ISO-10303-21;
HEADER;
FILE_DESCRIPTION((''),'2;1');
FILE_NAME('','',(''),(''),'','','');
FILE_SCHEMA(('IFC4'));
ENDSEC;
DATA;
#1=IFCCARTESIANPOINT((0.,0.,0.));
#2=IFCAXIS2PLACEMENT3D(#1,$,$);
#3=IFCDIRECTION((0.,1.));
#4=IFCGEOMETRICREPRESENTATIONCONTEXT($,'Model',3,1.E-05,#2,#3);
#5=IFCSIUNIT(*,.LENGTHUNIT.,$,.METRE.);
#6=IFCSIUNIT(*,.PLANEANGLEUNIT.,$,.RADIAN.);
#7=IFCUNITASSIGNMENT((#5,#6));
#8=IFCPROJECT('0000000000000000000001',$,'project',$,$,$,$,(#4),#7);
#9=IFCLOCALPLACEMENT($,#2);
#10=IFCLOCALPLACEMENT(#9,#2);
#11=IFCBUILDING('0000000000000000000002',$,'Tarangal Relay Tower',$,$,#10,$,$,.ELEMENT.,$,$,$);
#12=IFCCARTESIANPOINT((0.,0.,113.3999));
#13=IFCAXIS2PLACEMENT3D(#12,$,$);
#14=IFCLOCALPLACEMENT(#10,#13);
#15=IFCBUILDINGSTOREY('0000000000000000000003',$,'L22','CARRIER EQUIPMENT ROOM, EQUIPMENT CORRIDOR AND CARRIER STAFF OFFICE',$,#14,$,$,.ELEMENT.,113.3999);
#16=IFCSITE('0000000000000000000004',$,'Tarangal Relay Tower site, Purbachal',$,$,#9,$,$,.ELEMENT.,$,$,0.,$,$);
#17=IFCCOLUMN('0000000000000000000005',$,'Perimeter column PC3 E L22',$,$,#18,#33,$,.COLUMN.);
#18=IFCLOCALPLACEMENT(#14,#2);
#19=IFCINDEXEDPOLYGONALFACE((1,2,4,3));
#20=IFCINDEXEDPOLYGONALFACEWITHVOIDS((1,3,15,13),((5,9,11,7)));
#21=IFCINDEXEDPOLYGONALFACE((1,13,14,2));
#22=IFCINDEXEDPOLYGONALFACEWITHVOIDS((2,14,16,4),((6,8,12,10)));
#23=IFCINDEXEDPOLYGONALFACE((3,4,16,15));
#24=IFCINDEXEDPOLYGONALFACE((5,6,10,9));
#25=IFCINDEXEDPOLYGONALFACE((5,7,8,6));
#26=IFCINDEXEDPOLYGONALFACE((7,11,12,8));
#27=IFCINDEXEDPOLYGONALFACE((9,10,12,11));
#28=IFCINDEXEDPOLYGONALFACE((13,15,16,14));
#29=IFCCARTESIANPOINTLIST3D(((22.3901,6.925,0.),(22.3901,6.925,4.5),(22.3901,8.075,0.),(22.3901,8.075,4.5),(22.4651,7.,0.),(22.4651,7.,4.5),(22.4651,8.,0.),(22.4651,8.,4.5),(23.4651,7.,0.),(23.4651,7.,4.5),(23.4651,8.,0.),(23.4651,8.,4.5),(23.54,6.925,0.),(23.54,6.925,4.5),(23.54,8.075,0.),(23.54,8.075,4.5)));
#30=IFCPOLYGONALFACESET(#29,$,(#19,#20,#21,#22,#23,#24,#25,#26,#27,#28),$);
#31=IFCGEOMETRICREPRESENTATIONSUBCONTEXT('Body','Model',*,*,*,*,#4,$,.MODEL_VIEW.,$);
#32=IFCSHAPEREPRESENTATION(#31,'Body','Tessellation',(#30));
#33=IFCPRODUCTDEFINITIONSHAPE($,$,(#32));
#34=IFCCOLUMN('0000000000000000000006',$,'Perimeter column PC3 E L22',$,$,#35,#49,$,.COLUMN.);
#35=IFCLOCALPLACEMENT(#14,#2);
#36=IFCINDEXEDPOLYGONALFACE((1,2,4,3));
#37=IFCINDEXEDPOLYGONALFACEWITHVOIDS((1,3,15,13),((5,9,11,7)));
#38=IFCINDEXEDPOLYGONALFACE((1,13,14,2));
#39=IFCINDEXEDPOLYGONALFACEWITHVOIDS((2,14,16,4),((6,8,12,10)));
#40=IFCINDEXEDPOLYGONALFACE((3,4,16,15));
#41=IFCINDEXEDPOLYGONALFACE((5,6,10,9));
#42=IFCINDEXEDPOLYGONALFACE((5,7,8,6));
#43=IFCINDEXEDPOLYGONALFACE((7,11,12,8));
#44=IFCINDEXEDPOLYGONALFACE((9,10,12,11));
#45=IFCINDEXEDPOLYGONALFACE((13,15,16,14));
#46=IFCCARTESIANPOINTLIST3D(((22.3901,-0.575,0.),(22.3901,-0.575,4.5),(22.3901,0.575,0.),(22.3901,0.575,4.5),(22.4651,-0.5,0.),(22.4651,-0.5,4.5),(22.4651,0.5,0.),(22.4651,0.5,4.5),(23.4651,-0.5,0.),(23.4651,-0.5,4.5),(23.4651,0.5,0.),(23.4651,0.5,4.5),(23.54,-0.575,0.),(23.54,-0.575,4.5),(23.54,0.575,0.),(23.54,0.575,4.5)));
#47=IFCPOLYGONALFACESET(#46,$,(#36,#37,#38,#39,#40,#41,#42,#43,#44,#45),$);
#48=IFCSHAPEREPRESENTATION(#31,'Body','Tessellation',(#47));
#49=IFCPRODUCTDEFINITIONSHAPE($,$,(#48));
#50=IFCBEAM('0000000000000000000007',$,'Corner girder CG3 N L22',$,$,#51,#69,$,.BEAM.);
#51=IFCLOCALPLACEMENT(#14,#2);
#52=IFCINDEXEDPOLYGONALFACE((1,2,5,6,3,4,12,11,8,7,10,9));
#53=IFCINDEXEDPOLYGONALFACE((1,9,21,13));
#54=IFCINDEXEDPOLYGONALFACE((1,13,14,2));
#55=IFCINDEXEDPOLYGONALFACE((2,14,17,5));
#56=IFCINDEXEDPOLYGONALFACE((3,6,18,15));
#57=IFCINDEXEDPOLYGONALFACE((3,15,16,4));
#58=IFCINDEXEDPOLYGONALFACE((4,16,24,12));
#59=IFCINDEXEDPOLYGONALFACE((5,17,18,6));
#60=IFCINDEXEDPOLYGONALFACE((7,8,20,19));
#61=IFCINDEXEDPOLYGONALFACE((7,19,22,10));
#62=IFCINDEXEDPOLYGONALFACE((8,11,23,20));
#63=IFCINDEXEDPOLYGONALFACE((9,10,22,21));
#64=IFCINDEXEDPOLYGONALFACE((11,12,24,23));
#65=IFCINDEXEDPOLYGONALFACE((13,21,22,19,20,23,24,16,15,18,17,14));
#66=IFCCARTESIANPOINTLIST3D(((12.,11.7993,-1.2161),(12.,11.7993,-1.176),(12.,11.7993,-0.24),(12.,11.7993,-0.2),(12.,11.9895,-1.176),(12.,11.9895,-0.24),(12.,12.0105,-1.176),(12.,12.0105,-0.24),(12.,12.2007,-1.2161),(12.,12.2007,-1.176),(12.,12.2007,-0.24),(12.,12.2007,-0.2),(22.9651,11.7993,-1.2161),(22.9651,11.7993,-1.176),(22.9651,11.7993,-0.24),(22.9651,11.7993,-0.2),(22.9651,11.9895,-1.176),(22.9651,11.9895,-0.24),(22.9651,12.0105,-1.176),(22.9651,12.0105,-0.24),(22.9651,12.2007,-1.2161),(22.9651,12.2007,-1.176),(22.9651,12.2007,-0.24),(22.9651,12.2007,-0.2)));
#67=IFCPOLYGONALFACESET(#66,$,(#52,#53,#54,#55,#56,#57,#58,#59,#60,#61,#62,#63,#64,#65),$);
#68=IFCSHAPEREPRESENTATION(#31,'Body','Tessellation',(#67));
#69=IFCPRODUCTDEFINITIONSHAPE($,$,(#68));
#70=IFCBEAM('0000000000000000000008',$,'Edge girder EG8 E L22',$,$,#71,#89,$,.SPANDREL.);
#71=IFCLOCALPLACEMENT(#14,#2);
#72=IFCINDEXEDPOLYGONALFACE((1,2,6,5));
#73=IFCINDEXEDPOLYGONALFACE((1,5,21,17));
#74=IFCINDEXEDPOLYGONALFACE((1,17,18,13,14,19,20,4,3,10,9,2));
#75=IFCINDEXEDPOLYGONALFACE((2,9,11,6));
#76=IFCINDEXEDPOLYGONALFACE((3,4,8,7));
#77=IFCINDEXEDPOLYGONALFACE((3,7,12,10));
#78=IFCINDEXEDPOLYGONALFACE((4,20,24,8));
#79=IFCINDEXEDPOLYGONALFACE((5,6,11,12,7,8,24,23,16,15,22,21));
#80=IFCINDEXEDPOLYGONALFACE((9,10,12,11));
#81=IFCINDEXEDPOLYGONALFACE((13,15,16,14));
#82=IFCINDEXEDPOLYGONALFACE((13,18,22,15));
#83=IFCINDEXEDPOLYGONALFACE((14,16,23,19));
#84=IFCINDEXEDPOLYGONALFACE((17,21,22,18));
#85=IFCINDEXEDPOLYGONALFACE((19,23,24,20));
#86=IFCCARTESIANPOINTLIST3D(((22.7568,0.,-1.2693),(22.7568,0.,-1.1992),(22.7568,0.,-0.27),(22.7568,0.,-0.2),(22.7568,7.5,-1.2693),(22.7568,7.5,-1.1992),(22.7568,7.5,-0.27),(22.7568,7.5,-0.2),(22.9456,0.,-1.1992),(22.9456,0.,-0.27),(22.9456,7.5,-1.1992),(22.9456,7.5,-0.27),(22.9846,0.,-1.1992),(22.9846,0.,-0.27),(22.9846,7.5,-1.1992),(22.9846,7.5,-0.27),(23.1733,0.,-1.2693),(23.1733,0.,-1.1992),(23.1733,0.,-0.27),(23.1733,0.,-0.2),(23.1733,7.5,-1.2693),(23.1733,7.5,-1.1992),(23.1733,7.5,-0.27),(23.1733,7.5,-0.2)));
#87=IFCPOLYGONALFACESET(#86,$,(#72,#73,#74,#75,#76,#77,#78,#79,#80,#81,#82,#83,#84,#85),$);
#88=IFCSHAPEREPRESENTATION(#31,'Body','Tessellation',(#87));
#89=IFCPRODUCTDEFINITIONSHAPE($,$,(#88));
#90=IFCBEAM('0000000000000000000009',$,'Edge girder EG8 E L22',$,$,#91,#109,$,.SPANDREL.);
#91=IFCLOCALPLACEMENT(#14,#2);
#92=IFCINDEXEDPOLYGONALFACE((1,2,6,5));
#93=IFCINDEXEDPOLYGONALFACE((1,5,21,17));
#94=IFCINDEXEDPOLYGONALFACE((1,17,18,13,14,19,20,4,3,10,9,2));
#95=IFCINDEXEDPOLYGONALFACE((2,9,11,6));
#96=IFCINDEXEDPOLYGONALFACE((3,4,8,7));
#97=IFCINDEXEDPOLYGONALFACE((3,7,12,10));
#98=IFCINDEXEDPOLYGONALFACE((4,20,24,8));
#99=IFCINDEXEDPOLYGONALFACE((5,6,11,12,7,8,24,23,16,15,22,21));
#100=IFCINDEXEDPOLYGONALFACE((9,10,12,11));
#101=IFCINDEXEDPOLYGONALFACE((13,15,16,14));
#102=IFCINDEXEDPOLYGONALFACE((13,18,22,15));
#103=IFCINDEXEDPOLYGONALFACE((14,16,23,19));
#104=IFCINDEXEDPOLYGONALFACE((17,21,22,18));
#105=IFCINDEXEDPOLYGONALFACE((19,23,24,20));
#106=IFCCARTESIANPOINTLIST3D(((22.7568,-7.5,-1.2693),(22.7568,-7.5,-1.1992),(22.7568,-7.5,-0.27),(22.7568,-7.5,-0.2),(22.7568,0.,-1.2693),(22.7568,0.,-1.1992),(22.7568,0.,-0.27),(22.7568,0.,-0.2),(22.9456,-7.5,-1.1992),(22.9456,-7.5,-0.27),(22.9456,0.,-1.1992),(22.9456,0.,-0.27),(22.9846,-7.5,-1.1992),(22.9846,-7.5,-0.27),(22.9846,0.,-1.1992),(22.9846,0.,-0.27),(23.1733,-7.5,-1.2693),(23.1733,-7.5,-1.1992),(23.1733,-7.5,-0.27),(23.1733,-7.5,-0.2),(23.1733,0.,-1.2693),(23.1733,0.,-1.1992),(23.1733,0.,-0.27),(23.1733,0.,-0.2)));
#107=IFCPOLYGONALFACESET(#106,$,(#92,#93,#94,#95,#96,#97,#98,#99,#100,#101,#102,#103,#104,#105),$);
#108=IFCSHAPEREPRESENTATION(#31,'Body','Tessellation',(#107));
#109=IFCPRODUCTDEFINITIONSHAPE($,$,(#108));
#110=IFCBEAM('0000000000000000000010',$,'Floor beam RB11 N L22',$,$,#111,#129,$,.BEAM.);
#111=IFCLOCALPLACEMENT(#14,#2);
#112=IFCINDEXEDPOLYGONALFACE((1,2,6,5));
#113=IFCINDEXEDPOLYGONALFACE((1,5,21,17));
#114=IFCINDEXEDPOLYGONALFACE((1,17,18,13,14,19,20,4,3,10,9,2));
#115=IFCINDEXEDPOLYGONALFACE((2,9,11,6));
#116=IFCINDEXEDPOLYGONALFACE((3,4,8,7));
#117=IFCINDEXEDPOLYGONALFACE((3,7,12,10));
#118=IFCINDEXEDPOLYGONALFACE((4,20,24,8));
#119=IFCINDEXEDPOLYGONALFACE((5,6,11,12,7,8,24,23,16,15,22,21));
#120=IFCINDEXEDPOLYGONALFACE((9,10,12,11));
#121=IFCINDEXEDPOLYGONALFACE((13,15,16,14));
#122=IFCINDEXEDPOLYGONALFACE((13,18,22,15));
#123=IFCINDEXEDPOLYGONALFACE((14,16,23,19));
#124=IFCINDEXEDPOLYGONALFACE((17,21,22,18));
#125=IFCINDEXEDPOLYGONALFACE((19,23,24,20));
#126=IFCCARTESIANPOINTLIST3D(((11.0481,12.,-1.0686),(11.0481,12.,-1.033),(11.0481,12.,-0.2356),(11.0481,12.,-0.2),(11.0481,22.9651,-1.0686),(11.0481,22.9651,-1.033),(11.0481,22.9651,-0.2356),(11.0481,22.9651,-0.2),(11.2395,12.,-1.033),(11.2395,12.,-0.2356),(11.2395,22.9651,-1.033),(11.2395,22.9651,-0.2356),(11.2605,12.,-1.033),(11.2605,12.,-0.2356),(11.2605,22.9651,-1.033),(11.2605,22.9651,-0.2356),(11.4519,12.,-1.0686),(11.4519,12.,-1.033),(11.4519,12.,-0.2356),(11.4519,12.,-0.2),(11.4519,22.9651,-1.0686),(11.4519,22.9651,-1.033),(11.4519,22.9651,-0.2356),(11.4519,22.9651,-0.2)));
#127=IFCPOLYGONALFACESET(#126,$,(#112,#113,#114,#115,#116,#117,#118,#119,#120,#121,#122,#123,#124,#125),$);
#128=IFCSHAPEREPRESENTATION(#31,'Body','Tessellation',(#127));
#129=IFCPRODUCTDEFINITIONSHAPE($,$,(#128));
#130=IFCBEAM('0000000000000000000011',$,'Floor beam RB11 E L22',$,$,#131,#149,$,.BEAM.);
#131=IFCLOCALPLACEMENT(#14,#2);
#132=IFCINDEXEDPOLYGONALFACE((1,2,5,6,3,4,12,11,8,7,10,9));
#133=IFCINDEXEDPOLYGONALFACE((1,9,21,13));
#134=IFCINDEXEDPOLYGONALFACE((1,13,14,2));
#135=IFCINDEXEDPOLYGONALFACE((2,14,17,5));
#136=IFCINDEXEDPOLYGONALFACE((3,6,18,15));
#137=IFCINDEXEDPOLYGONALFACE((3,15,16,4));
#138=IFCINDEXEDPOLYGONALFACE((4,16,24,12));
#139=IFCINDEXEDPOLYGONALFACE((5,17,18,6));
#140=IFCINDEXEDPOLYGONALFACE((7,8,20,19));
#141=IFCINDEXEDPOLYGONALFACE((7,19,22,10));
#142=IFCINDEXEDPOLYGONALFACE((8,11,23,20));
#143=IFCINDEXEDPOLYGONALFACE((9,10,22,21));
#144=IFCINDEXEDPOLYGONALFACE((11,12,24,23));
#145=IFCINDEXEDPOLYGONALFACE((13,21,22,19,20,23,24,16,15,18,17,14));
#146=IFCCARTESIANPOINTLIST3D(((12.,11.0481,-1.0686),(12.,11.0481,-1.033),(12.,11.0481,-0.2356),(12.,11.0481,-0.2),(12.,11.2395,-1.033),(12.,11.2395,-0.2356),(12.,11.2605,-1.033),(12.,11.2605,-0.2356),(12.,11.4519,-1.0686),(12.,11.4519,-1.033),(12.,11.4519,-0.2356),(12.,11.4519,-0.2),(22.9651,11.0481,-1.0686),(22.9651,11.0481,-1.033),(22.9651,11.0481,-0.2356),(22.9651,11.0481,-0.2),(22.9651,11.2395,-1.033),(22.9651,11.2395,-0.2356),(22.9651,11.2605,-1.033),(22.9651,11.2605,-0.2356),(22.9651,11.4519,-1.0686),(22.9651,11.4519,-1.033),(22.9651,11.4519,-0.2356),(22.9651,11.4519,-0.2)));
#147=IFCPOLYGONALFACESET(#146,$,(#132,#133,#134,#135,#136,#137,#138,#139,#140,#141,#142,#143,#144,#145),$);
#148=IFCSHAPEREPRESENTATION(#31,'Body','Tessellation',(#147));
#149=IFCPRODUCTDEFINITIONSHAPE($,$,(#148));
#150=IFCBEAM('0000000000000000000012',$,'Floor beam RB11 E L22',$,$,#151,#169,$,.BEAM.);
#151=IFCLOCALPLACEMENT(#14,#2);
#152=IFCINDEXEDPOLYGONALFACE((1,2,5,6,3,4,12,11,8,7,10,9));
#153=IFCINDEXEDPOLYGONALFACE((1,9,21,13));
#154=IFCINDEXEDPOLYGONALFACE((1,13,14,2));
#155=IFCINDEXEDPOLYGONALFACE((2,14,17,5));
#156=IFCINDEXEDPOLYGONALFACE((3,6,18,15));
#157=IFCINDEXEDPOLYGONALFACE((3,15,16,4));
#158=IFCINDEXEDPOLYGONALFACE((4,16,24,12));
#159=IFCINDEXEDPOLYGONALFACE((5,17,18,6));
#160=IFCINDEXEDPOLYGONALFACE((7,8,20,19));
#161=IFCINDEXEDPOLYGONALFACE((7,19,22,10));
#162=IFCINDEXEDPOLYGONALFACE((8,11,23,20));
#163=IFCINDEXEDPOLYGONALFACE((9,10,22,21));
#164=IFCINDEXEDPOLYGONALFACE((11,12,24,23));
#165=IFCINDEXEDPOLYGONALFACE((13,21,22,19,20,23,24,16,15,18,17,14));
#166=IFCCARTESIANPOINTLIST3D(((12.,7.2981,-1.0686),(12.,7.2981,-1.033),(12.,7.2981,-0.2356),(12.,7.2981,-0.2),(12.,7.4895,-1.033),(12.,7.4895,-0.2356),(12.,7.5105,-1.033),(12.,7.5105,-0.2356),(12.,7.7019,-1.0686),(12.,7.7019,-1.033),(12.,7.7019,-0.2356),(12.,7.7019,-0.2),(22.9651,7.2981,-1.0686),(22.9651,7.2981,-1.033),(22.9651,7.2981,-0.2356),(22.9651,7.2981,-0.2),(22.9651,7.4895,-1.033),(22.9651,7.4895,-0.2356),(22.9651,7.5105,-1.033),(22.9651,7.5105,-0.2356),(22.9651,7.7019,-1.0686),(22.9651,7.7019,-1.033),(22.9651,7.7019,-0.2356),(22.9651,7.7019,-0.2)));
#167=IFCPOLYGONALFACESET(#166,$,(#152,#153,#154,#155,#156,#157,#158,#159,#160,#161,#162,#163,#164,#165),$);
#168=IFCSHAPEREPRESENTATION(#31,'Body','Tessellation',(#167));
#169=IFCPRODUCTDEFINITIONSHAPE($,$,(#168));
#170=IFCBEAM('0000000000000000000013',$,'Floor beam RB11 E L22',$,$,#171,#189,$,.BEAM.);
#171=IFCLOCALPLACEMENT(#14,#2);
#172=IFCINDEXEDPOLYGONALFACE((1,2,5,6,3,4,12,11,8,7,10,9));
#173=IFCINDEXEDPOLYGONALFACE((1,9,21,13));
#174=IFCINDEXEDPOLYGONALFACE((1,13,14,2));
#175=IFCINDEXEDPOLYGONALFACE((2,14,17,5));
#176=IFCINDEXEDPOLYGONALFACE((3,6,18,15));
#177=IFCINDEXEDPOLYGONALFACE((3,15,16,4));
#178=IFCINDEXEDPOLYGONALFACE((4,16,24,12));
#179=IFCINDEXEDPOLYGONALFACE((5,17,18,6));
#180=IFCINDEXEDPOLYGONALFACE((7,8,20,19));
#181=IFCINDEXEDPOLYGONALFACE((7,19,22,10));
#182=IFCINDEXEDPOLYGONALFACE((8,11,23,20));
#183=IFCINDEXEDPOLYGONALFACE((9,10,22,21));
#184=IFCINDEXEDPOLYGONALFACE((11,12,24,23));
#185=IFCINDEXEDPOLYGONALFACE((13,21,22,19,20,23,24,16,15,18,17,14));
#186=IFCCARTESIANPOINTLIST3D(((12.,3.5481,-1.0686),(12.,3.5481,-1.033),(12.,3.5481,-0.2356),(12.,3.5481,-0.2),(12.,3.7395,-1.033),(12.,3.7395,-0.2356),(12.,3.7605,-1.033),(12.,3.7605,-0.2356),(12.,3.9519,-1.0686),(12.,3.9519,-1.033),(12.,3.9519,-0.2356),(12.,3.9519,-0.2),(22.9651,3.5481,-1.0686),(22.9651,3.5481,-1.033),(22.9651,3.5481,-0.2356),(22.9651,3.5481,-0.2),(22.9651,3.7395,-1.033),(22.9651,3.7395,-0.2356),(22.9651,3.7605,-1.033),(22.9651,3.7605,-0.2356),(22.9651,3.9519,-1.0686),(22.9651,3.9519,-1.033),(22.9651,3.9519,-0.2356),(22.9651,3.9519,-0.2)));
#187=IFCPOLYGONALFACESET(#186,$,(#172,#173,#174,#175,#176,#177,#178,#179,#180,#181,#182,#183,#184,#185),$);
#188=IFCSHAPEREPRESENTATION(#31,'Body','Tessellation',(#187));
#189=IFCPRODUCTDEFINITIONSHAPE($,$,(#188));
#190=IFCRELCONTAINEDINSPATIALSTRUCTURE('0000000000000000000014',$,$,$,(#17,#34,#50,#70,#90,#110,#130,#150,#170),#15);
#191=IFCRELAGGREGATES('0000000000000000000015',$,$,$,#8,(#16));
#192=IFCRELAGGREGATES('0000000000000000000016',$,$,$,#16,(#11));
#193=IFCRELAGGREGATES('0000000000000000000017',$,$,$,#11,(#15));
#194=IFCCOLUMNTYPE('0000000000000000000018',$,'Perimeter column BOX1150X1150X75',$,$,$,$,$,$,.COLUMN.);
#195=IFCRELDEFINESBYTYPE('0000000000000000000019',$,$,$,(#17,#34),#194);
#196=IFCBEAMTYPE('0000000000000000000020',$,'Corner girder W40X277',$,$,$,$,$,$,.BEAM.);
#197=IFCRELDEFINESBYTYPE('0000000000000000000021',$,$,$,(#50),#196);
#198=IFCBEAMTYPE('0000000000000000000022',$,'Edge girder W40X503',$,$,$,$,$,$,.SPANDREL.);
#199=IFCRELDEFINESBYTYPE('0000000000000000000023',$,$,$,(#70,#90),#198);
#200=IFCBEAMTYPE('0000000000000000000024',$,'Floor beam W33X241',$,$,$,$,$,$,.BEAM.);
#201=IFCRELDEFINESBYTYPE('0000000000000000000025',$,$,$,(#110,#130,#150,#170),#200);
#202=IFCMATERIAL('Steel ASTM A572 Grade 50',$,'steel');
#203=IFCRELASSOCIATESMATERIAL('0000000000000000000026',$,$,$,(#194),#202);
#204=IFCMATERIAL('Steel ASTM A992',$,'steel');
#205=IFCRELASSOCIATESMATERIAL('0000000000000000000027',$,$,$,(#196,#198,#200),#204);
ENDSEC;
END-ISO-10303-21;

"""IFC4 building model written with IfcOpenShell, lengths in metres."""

from ifc_helpers import new_model, si_unit, direction, frame, origin, origin_2d, place, context, subcontext, project, spatial, hollow_rectangle, i_section, extrude, material, material_profile, profile_set, type_object, element, save


model = new_model("IFC4")

# Units and contexts
model_context = context("Model", 3, precision=1e-05, world=origin(), true_north=direction((0.0, 1.0)))
body_context = subcontext(model_context, "Body", "Model", "MODEL_VIEW")
ifc_project = project(units=[si_unit("LENGTHUNIT", "METRE"), si_unit("PLANEANGLEUNIT", "RADIAN")], contexts=[model_context])

# Site, building, storey
site_placement = place(None, origin())
site = spatial("IfcSite", under=ifc_project, at=site_placement, Name="Tarangal Relay Tower site, Purbachal", CompositionType="ELEMENT", RefElevation=0.0)
building_placement = place(site_placement, origin())
building = spatial("IfcBuilding", under=site, at=building_placement, Name="Tarangal Relay Tower", CompositionType="ELEMENT")
storey_placement = place(building_placement, frame((0.0, 0.0, 113.3999)))
storey = spatial("IfcBuildingStorey", under=building, at=storey_placement, Name="L22", Description="CARRIER EQUIPMENT ROOM, EQUIPMENT CORRIDOR AND CARRIER STAFF OFFICE", CompositionType="ELEMENT", Elevation=113.3999)

# Columns
ifc_material_1 = material(Name="Steel ASTM A572 Grade 50", Category="steel")
ifc_material_profile_1 = material_profile(ifc_material_1, hollow_rectangle(XDim=1.1499, YDim=1.1499, WallThickness=0.075, at=origin_2d()), Name="BOX1150X1150X75")
ifc_profile_set_1 = profile_set([ifc_material_profile_1], Name="Steel ASTM A572 Grade 50")
column_type = type_object("IfcColumnType", Name="Perimeter column BOX1150X1150X75", PredefinedType="COLUMN", material=ifc_profile_set_1)
for number, where, z_axis, x_axis, name in (
    (1, (22.9651, 7.5, 0.0), (0.0, 0.0, 1.0), (1.0, 0.0, 0.0), "Perimeter column PC3 E L22"),
    (2, (22.9651, 0.0, 0.0), (0.0, 0.0, 1.0), (1.0, 0.0, 0.0), "Perimeter column PC3 E L22"),
):
    element("IfcColumn", number, at=place(storey_placement, frame(where, z_axis=z_axis, x_axis=x_axis)), inside=storey, type_object=column_type, Name=name, PredefinedType="COLUMN", context=body_context, shape_type="SweptSolid", body=[
        extrude(hollow_rectangle(XDim=1.1499, YDim=1.1499, WallThickness=0.075, at=origin_2d()), origin(), (0.0, 0.0, 1.0), 4.5),
    ])

# Beams
ifc_material_2 = material(Name="Steel ASTM A992", Category="steel")
ifc_material_profile_2 = material_profile(ifc_material_2, i_section(OverallWidth=0.4014, OverallDepth=1.0161, WebThickness=0.021, FlangeThickness=0.04, at=origin_2d()), Name="W40X277")
ifc_profile_set_2 = profile_set([ifc_material_profile_2], Name="Steel ASTM A992")
beam_type_1 = type_object("IfcBeamType", Name="Corner girder W40X277", PredefinedType="BEAM", material=ifc_profile_set_2)
beam_placement = place(storey_placement, frame((12.0, 12.0, -0.708), z_axis=(1.0, 0.0, 0.0), x_axis=(0.0, 1.0, 0.0)))
element("IfcBeam", 3, at=beam_placement, inside=storey, type_object=beam_type_1, Name="Corner girder CG3 N L22", PredefinedType="BEAM", context=body_context, shape_type="SweptSolid", body=[
    extrude(i_section(OverallWidth=0.4014, OverallDepth=1.0161, WebThickness=0.021, FlangeThickness=0.04, at=origin_2d()), origin(), (0.0, 0.0, 1.0), 10.9651),
])
ifc_material_profile_3 = material_profile(ifc_material_2, i_section(OverallWidth=0.4165, OverallDepth=1.0693, WebThickness=0.0391, FlangeThickness=0.0701, at=origin_2d()), Name="W40X503")
ifc_profile_set_3 = profile_set([ifc_material_profile_3], Name="Steel ASTM A992")
beam_type_2 = type_object("IfcBeamType", Name="Edge girder W40X503", PredefinedType="SPANDREL", material=ifc_profile_set_3)
for number, where, z_axis, x_axis, name in (
    (4, (22.9651, 7.5, -0.7346), (0.0, -1.0, 0.0), (1.0, 0.0, 0.0), "Edge girder EG8 E L22"),
    (5, (22.9651, 0.0, -0.7346), (0.0, -1.0, 0.0), (1.0, 0.0, 0.0), "Edge girder EG8 E L22"),
):
    element("IfcBeam", number, at=place(storey_placement, frame(where, z_axis=z_axis, x_axis=x_axis)), inside=storey, type_object=beam_type_2, Name=name, PredefinedType="SPANDREL", context=body_context, shape_type="SweptSolid", body=[
        extrude(i_section(OverallWidth=0.4165, OverallDepth=1.0693, WebThickness=0.0391, FlangeThickness=0.0701, at=origin_2d()), origin(), (0.0, 0.0, 1.0), 7.5),
    ])
ifc_material_profile_4 = material_profile(ifc_material_2, i_section(OverallWidth=0.4038, OverallDepth=0.8687, WebThickness=0.021, FlangeThickness=0.0356, at=origin_2d()), Name="W33X241")
ifc_profile_set_4 = profile_set([ifc_material_profile_4], Name="Steel ASTM A992")
beam_type_3 = type_object("IfcBeamType", Name="Floor beam W33X241", PredefinedType="BEAM", material=ifc_profile_set_4)
for number, where, z_axis, x_axis, name in (
    (6, (11.25, 12.0, -0.6343), (0.0, 1.0, 0.0), (-1.0, 0.0, 0.0), "Floor beam RB11 N L22"),
    (7, (12.0, 11.25, -0.6343), (1.0, 0.0, 0.0), (0.0, 1.0, 0.0), "Floor beam RB11 E L22"),
    (8, (12.0, 7.5, -0.6343), (1.0, 0.0, 0.0), (0.0, 1.0, 0.0), "Floor beam RB11 E L22"),
    (9, (12.0, 3.75, -0.6343), (1.0, 0.0, 0.0), (0.0, 1.0, 0.0), "Floor beam RB11 E L22"),
):
    element("IfcBeam", number, at=place(storey_placement, frame(where, z_axis=z_axis, x_axis=x_axis)), inside=storey, type_object=beam_type_3, Name=name, PredefinedType="BEAM", context=body_context, shape_type="SweptSolid", body=[
        extrude(i_section(OverallWidth=0.4038, OverallDepth=0.8687, WebThickness=0.021, FlangeThickness=0.0356, at=origin_2d()), origin(), (0.0, 0.0, 1.0), 10.9651),
    ])

save(model, "model.ifc")
